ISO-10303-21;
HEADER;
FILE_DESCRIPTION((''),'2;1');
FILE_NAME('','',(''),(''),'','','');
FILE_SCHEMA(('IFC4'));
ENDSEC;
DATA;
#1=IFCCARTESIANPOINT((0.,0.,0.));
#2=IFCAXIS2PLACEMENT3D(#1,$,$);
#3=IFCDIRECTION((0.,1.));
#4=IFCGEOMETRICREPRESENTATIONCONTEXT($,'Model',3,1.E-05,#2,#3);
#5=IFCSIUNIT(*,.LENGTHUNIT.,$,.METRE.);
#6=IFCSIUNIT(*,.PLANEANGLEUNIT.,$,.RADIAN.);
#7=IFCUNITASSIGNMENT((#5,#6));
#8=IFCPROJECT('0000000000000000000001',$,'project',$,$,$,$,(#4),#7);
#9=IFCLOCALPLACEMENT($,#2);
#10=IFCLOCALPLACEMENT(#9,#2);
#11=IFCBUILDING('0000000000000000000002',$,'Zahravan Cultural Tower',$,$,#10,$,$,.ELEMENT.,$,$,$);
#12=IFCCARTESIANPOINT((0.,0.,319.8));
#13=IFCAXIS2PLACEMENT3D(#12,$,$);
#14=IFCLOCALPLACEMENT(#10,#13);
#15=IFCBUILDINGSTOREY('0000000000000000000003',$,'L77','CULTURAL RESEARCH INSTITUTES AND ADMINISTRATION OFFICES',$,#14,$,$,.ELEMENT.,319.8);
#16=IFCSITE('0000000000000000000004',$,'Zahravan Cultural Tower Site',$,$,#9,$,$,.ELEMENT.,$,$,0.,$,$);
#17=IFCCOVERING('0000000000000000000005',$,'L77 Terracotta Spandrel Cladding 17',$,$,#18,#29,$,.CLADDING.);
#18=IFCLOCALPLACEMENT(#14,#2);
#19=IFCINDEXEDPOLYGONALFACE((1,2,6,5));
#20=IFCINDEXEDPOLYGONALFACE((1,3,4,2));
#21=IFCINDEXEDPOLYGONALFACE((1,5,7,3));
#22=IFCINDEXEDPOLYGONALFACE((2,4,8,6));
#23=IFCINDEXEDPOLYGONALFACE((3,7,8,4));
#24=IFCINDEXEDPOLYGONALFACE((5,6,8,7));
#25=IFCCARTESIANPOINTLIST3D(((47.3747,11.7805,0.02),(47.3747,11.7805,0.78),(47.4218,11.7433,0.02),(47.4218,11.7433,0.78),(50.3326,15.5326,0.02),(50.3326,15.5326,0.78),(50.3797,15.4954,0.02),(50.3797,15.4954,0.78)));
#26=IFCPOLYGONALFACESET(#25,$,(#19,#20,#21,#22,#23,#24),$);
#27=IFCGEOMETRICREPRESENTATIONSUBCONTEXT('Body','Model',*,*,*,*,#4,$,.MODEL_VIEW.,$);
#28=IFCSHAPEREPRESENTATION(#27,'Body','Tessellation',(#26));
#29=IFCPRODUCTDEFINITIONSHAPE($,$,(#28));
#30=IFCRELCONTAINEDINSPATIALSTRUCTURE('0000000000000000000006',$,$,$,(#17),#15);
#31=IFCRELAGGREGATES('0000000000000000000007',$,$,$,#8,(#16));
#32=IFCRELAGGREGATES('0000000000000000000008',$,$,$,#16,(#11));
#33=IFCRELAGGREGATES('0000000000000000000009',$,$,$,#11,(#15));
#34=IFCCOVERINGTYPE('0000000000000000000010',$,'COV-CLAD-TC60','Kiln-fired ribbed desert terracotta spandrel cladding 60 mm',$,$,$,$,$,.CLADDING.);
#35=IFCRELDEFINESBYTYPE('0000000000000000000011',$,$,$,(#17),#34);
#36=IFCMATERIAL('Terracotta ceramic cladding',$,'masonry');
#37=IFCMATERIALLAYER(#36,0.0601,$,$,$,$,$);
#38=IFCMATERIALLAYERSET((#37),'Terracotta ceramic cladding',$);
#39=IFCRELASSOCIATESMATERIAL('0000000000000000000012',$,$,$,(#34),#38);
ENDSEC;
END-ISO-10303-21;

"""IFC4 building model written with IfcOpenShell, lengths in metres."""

from ifc_helpers import new_model, si_unit, direction, frame, origin, origin_2d, place, context, subcontext, project, spatial, rectangle, extrude, source, transform, mapped, material, layer, layer_set, type_object, element, save


model = new_model("IFC4")

# Units and contexts
model_context = context("Model", 3, precision=1e-05, world=origin(), true_north=direction((0.0, 1.0)))
body_context = subcontext(model_context, "Body", "Model", "MODEL_VIEW")
ifc_project = project(units=[si_unit("LENGTHUNIT", "METRE"), si_unit("PLANEANGLEUNIT", "RADIAN")], contexts=[model_context])

# Site, building, storey
site_placement = place(None, origin())
site = spatial("IfcSite", under=ifc_project, at=site_placement, Name="Zahravan Cultural Tower Site", CompositionType="ELEMENT", RefElevation=0.0)
building_placement = place(site_placement, origin())
building = spatial("IfcBuilding", under=site, at=building_placement, Name="Zahravan Cultural Tower", CompositionType="ELEMENT")
storey_placement = place(building_placement, frame((0.0, 0.0, 319.8)))
storey = spatial("IfcBuildingStorey", under=building, at=storey_placement, Name="L77", Description="CULTURAL RESEARCH INSTITUTES AND ADMINISTRATION OFFICES", CompositionType="ELEMENT", Elevation=319.8)

# Covering
ifc_material_1 = material(Name="Terracotta ceramic cladding", Category="masonry")
ifc_layer_1 = layer(ifc_material_1, 0.0601)
ifc_layer_set_1 = layer_set([ifc_layer_1], Name="Terracotta ceramic cladding")
covering_type = type_object("IfcCoveringType", Name="COV-CLAD-TC60", Description="Kiln-fired ribbed desert terracotta spandrel cladding 60 mm", PredefinedType="CLADDING", material=ifc_layer_set_1)
shared_shape_1 = source(origin(), body_context, "Body", "SweptSolid", [
    extrude(rectangle(XDim=4.7778, YDim=0.0601, at=origin_2d()), origin(), (0.0, 0.0, 1.0), 0.76),
])
covering_1_placement = place(storey_placement, frame((48.8772, 13.6379, 0.02), z_axis=(0.0, 0.0, 1.0), x_axis=(-0.619094, -0.785317, 0.0)))
element("IfcCovering", 1, at=covering_1_placement, inside=storey, type_object=covering_type, Name="L77 Terracotta Spandrel Cladding 17", PredefinedType="CLADDING", context=body_context, shape_type="MappedRepresentation", body=[
    mapped(shared_shape_1, transform((0.0, 0.0, 0.0), x_axis=(1.0, 0.0, 0.0), y_axis=(0.0, 1.0, 0.0), z_axis=(0.0, 0.0, 1.0), scale=1.0)),
])

save(model, "model.ifc")
